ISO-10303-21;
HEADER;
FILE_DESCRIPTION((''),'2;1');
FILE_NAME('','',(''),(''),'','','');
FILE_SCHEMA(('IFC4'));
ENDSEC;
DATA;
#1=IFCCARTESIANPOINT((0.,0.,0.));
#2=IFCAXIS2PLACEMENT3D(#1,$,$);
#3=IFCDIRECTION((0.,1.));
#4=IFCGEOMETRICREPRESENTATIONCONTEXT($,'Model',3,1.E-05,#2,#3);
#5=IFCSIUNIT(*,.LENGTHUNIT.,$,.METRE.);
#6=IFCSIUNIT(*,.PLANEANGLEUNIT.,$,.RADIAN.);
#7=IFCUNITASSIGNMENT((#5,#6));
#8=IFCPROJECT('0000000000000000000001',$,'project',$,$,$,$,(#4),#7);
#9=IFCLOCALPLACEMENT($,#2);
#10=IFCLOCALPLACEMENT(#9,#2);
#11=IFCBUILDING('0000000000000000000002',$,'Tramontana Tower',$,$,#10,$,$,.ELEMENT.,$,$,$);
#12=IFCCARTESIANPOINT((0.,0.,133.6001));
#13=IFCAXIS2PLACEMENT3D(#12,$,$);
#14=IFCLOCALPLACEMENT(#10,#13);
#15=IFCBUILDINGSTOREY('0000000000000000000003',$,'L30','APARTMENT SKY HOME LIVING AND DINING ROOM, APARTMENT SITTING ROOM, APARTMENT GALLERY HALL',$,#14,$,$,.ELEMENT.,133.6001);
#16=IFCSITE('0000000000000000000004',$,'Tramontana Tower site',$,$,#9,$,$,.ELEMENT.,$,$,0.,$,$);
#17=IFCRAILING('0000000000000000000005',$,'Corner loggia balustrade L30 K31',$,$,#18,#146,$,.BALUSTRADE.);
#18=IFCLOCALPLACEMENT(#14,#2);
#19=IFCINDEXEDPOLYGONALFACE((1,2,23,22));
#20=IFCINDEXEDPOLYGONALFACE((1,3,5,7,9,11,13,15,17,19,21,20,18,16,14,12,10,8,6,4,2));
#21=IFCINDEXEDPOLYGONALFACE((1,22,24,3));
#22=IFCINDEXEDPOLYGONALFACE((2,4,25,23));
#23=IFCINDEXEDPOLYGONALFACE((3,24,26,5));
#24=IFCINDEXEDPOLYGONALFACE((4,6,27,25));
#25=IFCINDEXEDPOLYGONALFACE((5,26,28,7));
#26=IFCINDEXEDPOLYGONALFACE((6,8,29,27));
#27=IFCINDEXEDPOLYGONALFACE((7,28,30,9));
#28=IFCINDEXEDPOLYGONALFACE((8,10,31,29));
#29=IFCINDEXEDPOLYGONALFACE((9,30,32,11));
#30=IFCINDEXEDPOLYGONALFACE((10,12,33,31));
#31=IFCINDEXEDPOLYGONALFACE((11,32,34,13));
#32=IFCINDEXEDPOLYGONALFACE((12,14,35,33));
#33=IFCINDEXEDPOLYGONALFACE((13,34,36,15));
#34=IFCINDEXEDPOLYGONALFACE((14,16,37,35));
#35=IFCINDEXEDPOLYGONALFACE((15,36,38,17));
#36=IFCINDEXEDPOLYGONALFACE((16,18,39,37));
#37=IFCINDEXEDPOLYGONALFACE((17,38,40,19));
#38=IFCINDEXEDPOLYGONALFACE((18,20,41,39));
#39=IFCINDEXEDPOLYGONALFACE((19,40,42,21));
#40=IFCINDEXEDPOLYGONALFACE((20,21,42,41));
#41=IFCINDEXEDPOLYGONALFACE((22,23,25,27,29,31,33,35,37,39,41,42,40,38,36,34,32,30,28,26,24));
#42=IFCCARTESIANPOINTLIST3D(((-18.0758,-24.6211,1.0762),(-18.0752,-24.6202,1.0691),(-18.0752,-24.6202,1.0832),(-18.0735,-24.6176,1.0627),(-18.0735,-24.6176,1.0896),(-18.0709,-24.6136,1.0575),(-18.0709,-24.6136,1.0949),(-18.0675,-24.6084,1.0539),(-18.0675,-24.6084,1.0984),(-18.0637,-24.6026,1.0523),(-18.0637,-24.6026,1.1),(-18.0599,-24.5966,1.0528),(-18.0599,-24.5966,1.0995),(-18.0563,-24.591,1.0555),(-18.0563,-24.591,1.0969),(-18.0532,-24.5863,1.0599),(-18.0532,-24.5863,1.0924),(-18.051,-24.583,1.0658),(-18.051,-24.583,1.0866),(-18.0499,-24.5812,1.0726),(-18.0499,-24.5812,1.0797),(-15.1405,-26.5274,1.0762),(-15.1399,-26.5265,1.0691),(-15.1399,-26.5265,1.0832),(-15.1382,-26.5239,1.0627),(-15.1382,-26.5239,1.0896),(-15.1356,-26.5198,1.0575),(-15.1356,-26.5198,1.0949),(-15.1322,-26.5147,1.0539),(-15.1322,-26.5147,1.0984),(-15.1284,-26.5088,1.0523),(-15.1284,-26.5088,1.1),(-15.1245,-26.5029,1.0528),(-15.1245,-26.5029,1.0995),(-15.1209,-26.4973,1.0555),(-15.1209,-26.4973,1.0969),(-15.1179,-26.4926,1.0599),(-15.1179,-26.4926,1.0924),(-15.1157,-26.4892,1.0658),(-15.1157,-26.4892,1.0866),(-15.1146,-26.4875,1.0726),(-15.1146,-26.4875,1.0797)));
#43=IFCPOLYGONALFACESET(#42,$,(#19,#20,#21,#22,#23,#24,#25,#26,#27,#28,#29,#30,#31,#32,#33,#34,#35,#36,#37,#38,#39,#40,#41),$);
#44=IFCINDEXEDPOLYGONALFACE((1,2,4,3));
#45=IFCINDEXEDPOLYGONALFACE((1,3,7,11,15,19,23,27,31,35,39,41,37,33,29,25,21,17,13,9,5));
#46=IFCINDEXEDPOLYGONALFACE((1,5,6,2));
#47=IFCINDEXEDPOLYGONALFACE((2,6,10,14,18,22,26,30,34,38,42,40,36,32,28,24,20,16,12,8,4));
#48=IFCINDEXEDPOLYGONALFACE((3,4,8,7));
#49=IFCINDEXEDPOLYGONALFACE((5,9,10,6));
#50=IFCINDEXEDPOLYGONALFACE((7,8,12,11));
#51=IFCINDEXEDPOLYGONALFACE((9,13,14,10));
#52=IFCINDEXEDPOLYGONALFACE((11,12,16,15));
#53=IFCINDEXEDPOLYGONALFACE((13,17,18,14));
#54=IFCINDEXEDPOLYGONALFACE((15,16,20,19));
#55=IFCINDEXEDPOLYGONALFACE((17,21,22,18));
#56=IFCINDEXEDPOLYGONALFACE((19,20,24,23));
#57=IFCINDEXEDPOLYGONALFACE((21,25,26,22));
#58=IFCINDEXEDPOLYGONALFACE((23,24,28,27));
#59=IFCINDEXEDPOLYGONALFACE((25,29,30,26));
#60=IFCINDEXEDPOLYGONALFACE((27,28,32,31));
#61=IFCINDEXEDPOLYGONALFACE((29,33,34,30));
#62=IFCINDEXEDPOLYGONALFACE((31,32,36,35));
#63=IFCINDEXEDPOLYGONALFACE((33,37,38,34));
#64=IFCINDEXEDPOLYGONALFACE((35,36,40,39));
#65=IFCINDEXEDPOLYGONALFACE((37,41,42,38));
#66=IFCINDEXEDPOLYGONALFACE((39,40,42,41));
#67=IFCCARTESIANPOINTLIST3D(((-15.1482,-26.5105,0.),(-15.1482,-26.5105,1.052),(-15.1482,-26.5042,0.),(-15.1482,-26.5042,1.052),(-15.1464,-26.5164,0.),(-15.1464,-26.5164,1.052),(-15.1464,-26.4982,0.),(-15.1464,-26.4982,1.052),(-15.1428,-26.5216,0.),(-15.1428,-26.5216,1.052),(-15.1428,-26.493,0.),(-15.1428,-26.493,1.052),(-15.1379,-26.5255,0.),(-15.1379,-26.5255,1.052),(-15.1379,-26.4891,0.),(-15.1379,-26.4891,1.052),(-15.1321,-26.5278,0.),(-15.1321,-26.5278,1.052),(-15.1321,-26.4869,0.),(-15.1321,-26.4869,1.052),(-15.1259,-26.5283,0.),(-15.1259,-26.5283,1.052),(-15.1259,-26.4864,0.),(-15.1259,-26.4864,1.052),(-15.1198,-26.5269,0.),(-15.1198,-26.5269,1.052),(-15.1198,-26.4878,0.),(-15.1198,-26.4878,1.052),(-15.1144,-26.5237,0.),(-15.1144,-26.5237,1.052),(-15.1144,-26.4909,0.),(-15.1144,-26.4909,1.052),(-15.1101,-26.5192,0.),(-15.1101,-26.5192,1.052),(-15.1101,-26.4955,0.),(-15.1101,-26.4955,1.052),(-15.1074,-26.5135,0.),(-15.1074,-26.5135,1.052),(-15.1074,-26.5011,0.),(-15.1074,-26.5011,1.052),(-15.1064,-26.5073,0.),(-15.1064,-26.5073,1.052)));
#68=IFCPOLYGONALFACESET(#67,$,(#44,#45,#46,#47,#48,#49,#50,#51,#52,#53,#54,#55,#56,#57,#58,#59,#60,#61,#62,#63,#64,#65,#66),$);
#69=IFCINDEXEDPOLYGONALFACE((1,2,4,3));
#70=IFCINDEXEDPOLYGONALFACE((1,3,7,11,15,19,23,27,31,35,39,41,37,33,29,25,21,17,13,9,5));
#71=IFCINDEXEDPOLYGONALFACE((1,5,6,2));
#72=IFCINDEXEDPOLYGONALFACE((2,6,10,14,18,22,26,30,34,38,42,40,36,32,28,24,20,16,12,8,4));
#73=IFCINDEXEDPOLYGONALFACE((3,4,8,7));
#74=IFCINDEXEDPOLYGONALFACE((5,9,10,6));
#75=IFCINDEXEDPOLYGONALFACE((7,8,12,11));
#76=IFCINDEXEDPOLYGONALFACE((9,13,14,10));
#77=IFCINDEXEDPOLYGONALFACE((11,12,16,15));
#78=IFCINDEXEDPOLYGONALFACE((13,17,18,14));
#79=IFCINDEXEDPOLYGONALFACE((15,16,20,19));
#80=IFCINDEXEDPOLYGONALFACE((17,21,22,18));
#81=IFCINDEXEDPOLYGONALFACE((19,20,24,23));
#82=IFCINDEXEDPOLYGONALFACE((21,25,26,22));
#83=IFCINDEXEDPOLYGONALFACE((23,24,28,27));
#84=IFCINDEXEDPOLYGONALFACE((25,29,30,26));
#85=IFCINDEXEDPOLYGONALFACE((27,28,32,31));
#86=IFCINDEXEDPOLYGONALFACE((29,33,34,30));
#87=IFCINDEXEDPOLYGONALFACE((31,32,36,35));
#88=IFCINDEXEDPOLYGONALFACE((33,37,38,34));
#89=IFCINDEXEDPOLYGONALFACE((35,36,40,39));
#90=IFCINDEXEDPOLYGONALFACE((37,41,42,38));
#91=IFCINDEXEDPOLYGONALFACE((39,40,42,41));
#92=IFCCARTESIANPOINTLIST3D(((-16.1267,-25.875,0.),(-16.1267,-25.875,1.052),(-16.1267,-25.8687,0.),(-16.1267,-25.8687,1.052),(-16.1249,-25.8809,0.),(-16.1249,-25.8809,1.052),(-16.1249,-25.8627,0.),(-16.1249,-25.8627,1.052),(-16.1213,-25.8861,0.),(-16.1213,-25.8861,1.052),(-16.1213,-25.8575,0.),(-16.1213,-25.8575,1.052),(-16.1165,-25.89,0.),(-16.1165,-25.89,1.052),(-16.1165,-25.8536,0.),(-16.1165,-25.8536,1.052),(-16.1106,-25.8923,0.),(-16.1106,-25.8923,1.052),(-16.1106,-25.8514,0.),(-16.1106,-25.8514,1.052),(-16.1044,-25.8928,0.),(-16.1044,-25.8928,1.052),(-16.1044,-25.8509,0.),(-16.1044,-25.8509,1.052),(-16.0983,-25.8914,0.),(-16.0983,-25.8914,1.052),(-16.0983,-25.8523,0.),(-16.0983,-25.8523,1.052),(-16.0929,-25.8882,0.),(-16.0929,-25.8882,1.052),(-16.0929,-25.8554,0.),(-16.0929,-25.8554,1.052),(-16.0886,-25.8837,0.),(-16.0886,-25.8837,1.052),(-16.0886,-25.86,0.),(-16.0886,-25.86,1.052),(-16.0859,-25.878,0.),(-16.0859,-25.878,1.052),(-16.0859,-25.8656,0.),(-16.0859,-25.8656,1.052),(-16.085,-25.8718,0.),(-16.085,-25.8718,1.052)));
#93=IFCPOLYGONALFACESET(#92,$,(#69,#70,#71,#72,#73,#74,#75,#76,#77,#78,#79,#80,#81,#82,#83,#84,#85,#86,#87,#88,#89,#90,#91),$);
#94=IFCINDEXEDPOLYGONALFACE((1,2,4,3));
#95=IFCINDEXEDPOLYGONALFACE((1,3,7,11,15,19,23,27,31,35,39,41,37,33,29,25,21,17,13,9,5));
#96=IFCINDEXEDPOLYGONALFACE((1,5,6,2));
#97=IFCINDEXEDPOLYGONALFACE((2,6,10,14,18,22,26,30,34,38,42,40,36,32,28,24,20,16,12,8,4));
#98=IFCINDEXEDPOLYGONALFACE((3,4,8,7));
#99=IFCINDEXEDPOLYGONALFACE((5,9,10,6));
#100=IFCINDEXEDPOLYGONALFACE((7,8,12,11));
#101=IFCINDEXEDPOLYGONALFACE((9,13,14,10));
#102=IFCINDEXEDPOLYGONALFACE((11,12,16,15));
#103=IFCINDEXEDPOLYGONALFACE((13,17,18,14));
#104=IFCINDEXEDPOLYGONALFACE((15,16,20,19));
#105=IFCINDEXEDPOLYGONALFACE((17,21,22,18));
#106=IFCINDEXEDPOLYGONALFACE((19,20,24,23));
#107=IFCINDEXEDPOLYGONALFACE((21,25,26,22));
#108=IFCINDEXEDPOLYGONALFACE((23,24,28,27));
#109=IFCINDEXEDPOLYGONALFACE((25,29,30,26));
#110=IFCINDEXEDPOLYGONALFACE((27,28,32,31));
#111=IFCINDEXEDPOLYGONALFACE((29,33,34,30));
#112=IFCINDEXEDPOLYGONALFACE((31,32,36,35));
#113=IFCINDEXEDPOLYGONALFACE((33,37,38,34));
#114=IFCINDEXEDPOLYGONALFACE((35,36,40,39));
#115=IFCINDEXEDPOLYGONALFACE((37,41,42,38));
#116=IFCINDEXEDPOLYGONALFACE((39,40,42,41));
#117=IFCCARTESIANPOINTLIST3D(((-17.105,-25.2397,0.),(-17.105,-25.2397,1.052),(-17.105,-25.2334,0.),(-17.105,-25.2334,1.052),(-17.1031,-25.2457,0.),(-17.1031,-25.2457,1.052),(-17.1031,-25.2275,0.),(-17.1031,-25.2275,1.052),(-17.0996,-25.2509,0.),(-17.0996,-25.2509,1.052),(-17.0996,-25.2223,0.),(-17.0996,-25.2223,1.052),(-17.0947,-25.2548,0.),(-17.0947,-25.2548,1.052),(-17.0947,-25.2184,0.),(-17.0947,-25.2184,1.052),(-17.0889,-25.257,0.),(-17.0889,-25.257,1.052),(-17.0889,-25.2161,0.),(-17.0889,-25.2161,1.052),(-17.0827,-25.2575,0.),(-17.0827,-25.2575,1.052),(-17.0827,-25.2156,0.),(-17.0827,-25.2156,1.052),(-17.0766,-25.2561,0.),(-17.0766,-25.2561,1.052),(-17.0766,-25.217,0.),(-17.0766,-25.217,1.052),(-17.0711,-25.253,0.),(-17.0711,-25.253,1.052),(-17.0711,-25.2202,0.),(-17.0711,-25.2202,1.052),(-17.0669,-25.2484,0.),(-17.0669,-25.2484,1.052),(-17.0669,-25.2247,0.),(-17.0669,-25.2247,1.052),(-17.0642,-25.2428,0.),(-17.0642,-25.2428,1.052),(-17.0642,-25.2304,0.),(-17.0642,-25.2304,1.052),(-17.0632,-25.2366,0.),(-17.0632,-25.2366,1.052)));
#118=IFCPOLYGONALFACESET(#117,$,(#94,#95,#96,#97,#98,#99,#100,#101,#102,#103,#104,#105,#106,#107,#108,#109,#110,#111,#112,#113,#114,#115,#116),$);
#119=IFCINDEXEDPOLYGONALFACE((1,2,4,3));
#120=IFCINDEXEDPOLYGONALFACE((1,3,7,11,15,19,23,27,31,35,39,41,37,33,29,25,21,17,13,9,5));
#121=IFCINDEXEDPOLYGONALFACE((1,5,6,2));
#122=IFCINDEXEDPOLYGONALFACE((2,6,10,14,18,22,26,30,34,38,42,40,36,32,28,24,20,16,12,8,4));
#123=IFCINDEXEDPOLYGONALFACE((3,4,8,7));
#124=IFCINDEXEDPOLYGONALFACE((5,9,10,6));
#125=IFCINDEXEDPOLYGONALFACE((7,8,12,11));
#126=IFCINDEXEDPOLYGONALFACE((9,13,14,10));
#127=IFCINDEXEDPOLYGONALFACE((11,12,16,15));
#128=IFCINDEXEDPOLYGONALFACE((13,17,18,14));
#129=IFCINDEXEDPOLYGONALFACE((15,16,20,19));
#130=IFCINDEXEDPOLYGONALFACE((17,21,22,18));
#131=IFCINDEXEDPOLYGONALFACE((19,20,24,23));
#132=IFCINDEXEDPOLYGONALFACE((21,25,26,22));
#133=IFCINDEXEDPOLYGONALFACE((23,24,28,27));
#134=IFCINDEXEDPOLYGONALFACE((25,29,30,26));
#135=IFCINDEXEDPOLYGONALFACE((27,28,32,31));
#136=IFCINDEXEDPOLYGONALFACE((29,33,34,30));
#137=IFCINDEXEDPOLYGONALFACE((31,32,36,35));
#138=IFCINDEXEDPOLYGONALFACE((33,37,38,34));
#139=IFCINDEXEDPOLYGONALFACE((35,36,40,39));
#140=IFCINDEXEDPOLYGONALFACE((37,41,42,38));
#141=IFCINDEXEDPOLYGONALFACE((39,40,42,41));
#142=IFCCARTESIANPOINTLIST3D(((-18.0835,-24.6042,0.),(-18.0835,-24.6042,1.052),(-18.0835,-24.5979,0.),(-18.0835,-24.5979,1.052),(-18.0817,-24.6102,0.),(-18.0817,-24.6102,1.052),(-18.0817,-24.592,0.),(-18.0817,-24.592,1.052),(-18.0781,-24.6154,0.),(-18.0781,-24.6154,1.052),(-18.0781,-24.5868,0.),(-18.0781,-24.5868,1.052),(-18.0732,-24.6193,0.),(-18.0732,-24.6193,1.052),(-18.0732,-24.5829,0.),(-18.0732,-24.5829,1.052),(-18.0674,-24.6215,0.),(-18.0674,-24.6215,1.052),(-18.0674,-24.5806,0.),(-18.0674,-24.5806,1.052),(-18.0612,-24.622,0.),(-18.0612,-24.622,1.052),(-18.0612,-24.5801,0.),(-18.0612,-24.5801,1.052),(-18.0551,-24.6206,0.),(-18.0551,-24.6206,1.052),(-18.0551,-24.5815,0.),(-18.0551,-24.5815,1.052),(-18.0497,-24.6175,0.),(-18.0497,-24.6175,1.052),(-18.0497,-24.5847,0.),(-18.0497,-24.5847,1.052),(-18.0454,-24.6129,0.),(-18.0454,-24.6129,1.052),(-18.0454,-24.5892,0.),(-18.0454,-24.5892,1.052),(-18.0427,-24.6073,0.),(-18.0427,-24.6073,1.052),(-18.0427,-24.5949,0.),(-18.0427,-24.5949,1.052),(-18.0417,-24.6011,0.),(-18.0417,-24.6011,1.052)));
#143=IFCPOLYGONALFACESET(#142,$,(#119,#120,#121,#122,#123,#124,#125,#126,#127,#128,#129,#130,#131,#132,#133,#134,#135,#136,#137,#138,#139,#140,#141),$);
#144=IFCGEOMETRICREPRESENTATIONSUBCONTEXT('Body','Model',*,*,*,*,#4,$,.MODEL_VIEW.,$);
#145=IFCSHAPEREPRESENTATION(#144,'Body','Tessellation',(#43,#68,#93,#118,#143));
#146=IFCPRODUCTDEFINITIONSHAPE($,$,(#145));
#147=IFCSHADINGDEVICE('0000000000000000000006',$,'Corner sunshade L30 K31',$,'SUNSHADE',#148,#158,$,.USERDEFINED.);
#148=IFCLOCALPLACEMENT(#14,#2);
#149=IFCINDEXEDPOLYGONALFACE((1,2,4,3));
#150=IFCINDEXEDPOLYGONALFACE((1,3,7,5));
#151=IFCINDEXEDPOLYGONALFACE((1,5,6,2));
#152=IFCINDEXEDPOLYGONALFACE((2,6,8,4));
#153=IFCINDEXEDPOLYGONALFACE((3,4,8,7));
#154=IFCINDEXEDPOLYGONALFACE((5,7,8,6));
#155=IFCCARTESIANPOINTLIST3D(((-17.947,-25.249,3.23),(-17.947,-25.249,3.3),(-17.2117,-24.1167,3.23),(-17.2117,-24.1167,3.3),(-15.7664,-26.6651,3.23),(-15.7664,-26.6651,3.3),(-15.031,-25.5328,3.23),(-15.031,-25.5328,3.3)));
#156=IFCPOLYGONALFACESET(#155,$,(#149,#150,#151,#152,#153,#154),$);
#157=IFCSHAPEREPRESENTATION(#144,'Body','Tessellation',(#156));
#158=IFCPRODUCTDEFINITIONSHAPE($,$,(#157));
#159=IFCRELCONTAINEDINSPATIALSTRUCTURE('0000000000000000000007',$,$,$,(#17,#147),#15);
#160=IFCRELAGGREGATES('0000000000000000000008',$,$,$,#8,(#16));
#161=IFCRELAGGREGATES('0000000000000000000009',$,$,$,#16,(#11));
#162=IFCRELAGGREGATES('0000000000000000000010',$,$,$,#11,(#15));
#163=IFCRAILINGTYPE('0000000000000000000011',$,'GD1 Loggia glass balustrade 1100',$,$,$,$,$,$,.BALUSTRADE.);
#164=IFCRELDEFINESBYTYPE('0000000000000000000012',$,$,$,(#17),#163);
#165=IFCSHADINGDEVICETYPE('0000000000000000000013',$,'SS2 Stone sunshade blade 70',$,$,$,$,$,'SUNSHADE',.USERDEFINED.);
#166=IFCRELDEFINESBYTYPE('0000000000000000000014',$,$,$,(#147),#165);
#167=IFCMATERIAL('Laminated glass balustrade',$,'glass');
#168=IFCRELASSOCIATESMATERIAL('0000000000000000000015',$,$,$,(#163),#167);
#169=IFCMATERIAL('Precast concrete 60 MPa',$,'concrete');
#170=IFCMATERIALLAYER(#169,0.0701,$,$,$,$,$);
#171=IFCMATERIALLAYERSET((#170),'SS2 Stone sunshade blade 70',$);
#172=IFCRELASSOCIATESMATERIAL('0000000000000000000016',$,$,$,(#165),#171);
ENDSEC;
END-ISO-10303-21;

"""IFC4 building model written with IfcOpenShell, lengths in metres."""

from ifc_helpers import new_model, si_unit, direction, frame, origin, origin_2d, place, context, subcontext, project, spatial, rectangle, circle, extrude, material, layer, layer_set, type_object, element, save


model = new_model("IFC4")

# Units and contexts
model_context = context("Model", 3, precision=1e-05, world=origin(), true_north=direction((0.0, 1.0)))
body_context = subcontext(model_context, "Body", "Model", "MODEL_VIEW")
ifc_project = project(units=[si_unit("LENGTHUNIT", "METRE"), si_unit("PLANEANGLEUNIT", "RADIAN")], contexts=[model_context])

# Site, building, storey
site_placement = place(None, origin())
site = spatial("IfcSite", under=ifc_project, at=site_placement, Name="Tramontana Tower site", CompositionType="ELEMENT", RefElevation=0.0)
building_placement = place(site_placement, origin())
building = spatial("IfcBuilding", under=site, at=building_placement, Name="Tramontana Tower", CompositionType="ELEMENT")
storey_placement = place(building_placement, frame((0.0, 0.0, 133.6001)))
storey = spatial("IfcBuildingStorey", under=building, at=storey_placement, Name="L30", Description="APARTMENT SKY HOME LIVING AND DINING ROOM, APARTMENT SITTING ROOM, APARTMENT GALLERY HALL", CompositionType="ELEMENT", Elevation=133.6001)

# Railing
ifc_material_1 = material(Name="Laminated glass balustrade", Category="glass")
railing_type = type_object("IfcRailingType", Name="GD1 Loggia glass balustrade 1100", PredefinedType="BALUSTRADE", material=ifc_material_1)
railing_1_placement = place(storey_placement, frame((-15.1274, -26.5073, 0.0)))
element("IfcRailing", 1, at=railing_1_placement, inside=storey, type_object=railing_type, Name="Corner loggia balustrade L30 K31", PredefinedType="BALUSTRADE", context=body_context, shape_type="SweptSolid", body=[
    extrude(circle(Radius=0.0239, at=origin_2d()), frame((0.0, 0.0, 1.0762), z_axis=(-0.838665, 0.544647, 0.0), x_axis=(-0.544647, -0.838665, 0.0)), (0.0, 0.0, 1.0), 3.5),
    extrude(circle(Radius=0.021, at=origin_2d()), origin(), (0.0, 0.0, 1.0), 1.052),
    extrude(circle(Radius=0.021, at=origin_2d()), frame((-0.9785, 0.6355, 0.0)), (0.0, 0.0, 1.0), 1.052),
    extrude(circle(Radius=0.021, at=origin_2d()), frame((-1.9568, 1.2708, 0.0)), (0.0, 0.0, 1.0), 1.052),
    extrude(circle(Radius=0.021, at=origin_2d()), frame((-2.9353, 1.9062, 0.0)), (0.0, 0.0, 1.0), 1.052),
])

# Shading device
ifc_material_2 = material(Name="Precast concrete 60 MPa", Category="concrete")
ifc_layer_1 = layer(ifc_material_2, 0.0701)
ifc_layer_set_1 = layer_set([ifc_layer_1], Name="SS2 Stone sunshade blade 70")
shading_device_type = type_object("IfcShadingDeviceType", Name="SS2 Stone sunshade blade 70", ElementType="SUNSHADE", PredefinedType="USERDEFINED", material=ifc_layer_set_1)
shading_device_placement = place(storey_placement, frame((-16.489, -25.3909, 3.23), z_axis=(0.0, 0.0, 1.0), x_axis=(-0.838671, 0.544639, 0.0)))
element("IfcShadingDevice", 2, at=shading_device_placement, inside=storey, type_object=shading_device_type, Name="Corner sunshade L30 K31", ObjectType="SUNSHADE", PredefinedType="USERDEFINED", context=body_context, shape_type="SweptSolid", body=[
    extrude(rectangle(XDim=2.6001, YDim=1.3501, at=origin_2d()), origin(), (0.0, 0.0, 1.0), 0.0701),
])

save(model, "model.ifc")
